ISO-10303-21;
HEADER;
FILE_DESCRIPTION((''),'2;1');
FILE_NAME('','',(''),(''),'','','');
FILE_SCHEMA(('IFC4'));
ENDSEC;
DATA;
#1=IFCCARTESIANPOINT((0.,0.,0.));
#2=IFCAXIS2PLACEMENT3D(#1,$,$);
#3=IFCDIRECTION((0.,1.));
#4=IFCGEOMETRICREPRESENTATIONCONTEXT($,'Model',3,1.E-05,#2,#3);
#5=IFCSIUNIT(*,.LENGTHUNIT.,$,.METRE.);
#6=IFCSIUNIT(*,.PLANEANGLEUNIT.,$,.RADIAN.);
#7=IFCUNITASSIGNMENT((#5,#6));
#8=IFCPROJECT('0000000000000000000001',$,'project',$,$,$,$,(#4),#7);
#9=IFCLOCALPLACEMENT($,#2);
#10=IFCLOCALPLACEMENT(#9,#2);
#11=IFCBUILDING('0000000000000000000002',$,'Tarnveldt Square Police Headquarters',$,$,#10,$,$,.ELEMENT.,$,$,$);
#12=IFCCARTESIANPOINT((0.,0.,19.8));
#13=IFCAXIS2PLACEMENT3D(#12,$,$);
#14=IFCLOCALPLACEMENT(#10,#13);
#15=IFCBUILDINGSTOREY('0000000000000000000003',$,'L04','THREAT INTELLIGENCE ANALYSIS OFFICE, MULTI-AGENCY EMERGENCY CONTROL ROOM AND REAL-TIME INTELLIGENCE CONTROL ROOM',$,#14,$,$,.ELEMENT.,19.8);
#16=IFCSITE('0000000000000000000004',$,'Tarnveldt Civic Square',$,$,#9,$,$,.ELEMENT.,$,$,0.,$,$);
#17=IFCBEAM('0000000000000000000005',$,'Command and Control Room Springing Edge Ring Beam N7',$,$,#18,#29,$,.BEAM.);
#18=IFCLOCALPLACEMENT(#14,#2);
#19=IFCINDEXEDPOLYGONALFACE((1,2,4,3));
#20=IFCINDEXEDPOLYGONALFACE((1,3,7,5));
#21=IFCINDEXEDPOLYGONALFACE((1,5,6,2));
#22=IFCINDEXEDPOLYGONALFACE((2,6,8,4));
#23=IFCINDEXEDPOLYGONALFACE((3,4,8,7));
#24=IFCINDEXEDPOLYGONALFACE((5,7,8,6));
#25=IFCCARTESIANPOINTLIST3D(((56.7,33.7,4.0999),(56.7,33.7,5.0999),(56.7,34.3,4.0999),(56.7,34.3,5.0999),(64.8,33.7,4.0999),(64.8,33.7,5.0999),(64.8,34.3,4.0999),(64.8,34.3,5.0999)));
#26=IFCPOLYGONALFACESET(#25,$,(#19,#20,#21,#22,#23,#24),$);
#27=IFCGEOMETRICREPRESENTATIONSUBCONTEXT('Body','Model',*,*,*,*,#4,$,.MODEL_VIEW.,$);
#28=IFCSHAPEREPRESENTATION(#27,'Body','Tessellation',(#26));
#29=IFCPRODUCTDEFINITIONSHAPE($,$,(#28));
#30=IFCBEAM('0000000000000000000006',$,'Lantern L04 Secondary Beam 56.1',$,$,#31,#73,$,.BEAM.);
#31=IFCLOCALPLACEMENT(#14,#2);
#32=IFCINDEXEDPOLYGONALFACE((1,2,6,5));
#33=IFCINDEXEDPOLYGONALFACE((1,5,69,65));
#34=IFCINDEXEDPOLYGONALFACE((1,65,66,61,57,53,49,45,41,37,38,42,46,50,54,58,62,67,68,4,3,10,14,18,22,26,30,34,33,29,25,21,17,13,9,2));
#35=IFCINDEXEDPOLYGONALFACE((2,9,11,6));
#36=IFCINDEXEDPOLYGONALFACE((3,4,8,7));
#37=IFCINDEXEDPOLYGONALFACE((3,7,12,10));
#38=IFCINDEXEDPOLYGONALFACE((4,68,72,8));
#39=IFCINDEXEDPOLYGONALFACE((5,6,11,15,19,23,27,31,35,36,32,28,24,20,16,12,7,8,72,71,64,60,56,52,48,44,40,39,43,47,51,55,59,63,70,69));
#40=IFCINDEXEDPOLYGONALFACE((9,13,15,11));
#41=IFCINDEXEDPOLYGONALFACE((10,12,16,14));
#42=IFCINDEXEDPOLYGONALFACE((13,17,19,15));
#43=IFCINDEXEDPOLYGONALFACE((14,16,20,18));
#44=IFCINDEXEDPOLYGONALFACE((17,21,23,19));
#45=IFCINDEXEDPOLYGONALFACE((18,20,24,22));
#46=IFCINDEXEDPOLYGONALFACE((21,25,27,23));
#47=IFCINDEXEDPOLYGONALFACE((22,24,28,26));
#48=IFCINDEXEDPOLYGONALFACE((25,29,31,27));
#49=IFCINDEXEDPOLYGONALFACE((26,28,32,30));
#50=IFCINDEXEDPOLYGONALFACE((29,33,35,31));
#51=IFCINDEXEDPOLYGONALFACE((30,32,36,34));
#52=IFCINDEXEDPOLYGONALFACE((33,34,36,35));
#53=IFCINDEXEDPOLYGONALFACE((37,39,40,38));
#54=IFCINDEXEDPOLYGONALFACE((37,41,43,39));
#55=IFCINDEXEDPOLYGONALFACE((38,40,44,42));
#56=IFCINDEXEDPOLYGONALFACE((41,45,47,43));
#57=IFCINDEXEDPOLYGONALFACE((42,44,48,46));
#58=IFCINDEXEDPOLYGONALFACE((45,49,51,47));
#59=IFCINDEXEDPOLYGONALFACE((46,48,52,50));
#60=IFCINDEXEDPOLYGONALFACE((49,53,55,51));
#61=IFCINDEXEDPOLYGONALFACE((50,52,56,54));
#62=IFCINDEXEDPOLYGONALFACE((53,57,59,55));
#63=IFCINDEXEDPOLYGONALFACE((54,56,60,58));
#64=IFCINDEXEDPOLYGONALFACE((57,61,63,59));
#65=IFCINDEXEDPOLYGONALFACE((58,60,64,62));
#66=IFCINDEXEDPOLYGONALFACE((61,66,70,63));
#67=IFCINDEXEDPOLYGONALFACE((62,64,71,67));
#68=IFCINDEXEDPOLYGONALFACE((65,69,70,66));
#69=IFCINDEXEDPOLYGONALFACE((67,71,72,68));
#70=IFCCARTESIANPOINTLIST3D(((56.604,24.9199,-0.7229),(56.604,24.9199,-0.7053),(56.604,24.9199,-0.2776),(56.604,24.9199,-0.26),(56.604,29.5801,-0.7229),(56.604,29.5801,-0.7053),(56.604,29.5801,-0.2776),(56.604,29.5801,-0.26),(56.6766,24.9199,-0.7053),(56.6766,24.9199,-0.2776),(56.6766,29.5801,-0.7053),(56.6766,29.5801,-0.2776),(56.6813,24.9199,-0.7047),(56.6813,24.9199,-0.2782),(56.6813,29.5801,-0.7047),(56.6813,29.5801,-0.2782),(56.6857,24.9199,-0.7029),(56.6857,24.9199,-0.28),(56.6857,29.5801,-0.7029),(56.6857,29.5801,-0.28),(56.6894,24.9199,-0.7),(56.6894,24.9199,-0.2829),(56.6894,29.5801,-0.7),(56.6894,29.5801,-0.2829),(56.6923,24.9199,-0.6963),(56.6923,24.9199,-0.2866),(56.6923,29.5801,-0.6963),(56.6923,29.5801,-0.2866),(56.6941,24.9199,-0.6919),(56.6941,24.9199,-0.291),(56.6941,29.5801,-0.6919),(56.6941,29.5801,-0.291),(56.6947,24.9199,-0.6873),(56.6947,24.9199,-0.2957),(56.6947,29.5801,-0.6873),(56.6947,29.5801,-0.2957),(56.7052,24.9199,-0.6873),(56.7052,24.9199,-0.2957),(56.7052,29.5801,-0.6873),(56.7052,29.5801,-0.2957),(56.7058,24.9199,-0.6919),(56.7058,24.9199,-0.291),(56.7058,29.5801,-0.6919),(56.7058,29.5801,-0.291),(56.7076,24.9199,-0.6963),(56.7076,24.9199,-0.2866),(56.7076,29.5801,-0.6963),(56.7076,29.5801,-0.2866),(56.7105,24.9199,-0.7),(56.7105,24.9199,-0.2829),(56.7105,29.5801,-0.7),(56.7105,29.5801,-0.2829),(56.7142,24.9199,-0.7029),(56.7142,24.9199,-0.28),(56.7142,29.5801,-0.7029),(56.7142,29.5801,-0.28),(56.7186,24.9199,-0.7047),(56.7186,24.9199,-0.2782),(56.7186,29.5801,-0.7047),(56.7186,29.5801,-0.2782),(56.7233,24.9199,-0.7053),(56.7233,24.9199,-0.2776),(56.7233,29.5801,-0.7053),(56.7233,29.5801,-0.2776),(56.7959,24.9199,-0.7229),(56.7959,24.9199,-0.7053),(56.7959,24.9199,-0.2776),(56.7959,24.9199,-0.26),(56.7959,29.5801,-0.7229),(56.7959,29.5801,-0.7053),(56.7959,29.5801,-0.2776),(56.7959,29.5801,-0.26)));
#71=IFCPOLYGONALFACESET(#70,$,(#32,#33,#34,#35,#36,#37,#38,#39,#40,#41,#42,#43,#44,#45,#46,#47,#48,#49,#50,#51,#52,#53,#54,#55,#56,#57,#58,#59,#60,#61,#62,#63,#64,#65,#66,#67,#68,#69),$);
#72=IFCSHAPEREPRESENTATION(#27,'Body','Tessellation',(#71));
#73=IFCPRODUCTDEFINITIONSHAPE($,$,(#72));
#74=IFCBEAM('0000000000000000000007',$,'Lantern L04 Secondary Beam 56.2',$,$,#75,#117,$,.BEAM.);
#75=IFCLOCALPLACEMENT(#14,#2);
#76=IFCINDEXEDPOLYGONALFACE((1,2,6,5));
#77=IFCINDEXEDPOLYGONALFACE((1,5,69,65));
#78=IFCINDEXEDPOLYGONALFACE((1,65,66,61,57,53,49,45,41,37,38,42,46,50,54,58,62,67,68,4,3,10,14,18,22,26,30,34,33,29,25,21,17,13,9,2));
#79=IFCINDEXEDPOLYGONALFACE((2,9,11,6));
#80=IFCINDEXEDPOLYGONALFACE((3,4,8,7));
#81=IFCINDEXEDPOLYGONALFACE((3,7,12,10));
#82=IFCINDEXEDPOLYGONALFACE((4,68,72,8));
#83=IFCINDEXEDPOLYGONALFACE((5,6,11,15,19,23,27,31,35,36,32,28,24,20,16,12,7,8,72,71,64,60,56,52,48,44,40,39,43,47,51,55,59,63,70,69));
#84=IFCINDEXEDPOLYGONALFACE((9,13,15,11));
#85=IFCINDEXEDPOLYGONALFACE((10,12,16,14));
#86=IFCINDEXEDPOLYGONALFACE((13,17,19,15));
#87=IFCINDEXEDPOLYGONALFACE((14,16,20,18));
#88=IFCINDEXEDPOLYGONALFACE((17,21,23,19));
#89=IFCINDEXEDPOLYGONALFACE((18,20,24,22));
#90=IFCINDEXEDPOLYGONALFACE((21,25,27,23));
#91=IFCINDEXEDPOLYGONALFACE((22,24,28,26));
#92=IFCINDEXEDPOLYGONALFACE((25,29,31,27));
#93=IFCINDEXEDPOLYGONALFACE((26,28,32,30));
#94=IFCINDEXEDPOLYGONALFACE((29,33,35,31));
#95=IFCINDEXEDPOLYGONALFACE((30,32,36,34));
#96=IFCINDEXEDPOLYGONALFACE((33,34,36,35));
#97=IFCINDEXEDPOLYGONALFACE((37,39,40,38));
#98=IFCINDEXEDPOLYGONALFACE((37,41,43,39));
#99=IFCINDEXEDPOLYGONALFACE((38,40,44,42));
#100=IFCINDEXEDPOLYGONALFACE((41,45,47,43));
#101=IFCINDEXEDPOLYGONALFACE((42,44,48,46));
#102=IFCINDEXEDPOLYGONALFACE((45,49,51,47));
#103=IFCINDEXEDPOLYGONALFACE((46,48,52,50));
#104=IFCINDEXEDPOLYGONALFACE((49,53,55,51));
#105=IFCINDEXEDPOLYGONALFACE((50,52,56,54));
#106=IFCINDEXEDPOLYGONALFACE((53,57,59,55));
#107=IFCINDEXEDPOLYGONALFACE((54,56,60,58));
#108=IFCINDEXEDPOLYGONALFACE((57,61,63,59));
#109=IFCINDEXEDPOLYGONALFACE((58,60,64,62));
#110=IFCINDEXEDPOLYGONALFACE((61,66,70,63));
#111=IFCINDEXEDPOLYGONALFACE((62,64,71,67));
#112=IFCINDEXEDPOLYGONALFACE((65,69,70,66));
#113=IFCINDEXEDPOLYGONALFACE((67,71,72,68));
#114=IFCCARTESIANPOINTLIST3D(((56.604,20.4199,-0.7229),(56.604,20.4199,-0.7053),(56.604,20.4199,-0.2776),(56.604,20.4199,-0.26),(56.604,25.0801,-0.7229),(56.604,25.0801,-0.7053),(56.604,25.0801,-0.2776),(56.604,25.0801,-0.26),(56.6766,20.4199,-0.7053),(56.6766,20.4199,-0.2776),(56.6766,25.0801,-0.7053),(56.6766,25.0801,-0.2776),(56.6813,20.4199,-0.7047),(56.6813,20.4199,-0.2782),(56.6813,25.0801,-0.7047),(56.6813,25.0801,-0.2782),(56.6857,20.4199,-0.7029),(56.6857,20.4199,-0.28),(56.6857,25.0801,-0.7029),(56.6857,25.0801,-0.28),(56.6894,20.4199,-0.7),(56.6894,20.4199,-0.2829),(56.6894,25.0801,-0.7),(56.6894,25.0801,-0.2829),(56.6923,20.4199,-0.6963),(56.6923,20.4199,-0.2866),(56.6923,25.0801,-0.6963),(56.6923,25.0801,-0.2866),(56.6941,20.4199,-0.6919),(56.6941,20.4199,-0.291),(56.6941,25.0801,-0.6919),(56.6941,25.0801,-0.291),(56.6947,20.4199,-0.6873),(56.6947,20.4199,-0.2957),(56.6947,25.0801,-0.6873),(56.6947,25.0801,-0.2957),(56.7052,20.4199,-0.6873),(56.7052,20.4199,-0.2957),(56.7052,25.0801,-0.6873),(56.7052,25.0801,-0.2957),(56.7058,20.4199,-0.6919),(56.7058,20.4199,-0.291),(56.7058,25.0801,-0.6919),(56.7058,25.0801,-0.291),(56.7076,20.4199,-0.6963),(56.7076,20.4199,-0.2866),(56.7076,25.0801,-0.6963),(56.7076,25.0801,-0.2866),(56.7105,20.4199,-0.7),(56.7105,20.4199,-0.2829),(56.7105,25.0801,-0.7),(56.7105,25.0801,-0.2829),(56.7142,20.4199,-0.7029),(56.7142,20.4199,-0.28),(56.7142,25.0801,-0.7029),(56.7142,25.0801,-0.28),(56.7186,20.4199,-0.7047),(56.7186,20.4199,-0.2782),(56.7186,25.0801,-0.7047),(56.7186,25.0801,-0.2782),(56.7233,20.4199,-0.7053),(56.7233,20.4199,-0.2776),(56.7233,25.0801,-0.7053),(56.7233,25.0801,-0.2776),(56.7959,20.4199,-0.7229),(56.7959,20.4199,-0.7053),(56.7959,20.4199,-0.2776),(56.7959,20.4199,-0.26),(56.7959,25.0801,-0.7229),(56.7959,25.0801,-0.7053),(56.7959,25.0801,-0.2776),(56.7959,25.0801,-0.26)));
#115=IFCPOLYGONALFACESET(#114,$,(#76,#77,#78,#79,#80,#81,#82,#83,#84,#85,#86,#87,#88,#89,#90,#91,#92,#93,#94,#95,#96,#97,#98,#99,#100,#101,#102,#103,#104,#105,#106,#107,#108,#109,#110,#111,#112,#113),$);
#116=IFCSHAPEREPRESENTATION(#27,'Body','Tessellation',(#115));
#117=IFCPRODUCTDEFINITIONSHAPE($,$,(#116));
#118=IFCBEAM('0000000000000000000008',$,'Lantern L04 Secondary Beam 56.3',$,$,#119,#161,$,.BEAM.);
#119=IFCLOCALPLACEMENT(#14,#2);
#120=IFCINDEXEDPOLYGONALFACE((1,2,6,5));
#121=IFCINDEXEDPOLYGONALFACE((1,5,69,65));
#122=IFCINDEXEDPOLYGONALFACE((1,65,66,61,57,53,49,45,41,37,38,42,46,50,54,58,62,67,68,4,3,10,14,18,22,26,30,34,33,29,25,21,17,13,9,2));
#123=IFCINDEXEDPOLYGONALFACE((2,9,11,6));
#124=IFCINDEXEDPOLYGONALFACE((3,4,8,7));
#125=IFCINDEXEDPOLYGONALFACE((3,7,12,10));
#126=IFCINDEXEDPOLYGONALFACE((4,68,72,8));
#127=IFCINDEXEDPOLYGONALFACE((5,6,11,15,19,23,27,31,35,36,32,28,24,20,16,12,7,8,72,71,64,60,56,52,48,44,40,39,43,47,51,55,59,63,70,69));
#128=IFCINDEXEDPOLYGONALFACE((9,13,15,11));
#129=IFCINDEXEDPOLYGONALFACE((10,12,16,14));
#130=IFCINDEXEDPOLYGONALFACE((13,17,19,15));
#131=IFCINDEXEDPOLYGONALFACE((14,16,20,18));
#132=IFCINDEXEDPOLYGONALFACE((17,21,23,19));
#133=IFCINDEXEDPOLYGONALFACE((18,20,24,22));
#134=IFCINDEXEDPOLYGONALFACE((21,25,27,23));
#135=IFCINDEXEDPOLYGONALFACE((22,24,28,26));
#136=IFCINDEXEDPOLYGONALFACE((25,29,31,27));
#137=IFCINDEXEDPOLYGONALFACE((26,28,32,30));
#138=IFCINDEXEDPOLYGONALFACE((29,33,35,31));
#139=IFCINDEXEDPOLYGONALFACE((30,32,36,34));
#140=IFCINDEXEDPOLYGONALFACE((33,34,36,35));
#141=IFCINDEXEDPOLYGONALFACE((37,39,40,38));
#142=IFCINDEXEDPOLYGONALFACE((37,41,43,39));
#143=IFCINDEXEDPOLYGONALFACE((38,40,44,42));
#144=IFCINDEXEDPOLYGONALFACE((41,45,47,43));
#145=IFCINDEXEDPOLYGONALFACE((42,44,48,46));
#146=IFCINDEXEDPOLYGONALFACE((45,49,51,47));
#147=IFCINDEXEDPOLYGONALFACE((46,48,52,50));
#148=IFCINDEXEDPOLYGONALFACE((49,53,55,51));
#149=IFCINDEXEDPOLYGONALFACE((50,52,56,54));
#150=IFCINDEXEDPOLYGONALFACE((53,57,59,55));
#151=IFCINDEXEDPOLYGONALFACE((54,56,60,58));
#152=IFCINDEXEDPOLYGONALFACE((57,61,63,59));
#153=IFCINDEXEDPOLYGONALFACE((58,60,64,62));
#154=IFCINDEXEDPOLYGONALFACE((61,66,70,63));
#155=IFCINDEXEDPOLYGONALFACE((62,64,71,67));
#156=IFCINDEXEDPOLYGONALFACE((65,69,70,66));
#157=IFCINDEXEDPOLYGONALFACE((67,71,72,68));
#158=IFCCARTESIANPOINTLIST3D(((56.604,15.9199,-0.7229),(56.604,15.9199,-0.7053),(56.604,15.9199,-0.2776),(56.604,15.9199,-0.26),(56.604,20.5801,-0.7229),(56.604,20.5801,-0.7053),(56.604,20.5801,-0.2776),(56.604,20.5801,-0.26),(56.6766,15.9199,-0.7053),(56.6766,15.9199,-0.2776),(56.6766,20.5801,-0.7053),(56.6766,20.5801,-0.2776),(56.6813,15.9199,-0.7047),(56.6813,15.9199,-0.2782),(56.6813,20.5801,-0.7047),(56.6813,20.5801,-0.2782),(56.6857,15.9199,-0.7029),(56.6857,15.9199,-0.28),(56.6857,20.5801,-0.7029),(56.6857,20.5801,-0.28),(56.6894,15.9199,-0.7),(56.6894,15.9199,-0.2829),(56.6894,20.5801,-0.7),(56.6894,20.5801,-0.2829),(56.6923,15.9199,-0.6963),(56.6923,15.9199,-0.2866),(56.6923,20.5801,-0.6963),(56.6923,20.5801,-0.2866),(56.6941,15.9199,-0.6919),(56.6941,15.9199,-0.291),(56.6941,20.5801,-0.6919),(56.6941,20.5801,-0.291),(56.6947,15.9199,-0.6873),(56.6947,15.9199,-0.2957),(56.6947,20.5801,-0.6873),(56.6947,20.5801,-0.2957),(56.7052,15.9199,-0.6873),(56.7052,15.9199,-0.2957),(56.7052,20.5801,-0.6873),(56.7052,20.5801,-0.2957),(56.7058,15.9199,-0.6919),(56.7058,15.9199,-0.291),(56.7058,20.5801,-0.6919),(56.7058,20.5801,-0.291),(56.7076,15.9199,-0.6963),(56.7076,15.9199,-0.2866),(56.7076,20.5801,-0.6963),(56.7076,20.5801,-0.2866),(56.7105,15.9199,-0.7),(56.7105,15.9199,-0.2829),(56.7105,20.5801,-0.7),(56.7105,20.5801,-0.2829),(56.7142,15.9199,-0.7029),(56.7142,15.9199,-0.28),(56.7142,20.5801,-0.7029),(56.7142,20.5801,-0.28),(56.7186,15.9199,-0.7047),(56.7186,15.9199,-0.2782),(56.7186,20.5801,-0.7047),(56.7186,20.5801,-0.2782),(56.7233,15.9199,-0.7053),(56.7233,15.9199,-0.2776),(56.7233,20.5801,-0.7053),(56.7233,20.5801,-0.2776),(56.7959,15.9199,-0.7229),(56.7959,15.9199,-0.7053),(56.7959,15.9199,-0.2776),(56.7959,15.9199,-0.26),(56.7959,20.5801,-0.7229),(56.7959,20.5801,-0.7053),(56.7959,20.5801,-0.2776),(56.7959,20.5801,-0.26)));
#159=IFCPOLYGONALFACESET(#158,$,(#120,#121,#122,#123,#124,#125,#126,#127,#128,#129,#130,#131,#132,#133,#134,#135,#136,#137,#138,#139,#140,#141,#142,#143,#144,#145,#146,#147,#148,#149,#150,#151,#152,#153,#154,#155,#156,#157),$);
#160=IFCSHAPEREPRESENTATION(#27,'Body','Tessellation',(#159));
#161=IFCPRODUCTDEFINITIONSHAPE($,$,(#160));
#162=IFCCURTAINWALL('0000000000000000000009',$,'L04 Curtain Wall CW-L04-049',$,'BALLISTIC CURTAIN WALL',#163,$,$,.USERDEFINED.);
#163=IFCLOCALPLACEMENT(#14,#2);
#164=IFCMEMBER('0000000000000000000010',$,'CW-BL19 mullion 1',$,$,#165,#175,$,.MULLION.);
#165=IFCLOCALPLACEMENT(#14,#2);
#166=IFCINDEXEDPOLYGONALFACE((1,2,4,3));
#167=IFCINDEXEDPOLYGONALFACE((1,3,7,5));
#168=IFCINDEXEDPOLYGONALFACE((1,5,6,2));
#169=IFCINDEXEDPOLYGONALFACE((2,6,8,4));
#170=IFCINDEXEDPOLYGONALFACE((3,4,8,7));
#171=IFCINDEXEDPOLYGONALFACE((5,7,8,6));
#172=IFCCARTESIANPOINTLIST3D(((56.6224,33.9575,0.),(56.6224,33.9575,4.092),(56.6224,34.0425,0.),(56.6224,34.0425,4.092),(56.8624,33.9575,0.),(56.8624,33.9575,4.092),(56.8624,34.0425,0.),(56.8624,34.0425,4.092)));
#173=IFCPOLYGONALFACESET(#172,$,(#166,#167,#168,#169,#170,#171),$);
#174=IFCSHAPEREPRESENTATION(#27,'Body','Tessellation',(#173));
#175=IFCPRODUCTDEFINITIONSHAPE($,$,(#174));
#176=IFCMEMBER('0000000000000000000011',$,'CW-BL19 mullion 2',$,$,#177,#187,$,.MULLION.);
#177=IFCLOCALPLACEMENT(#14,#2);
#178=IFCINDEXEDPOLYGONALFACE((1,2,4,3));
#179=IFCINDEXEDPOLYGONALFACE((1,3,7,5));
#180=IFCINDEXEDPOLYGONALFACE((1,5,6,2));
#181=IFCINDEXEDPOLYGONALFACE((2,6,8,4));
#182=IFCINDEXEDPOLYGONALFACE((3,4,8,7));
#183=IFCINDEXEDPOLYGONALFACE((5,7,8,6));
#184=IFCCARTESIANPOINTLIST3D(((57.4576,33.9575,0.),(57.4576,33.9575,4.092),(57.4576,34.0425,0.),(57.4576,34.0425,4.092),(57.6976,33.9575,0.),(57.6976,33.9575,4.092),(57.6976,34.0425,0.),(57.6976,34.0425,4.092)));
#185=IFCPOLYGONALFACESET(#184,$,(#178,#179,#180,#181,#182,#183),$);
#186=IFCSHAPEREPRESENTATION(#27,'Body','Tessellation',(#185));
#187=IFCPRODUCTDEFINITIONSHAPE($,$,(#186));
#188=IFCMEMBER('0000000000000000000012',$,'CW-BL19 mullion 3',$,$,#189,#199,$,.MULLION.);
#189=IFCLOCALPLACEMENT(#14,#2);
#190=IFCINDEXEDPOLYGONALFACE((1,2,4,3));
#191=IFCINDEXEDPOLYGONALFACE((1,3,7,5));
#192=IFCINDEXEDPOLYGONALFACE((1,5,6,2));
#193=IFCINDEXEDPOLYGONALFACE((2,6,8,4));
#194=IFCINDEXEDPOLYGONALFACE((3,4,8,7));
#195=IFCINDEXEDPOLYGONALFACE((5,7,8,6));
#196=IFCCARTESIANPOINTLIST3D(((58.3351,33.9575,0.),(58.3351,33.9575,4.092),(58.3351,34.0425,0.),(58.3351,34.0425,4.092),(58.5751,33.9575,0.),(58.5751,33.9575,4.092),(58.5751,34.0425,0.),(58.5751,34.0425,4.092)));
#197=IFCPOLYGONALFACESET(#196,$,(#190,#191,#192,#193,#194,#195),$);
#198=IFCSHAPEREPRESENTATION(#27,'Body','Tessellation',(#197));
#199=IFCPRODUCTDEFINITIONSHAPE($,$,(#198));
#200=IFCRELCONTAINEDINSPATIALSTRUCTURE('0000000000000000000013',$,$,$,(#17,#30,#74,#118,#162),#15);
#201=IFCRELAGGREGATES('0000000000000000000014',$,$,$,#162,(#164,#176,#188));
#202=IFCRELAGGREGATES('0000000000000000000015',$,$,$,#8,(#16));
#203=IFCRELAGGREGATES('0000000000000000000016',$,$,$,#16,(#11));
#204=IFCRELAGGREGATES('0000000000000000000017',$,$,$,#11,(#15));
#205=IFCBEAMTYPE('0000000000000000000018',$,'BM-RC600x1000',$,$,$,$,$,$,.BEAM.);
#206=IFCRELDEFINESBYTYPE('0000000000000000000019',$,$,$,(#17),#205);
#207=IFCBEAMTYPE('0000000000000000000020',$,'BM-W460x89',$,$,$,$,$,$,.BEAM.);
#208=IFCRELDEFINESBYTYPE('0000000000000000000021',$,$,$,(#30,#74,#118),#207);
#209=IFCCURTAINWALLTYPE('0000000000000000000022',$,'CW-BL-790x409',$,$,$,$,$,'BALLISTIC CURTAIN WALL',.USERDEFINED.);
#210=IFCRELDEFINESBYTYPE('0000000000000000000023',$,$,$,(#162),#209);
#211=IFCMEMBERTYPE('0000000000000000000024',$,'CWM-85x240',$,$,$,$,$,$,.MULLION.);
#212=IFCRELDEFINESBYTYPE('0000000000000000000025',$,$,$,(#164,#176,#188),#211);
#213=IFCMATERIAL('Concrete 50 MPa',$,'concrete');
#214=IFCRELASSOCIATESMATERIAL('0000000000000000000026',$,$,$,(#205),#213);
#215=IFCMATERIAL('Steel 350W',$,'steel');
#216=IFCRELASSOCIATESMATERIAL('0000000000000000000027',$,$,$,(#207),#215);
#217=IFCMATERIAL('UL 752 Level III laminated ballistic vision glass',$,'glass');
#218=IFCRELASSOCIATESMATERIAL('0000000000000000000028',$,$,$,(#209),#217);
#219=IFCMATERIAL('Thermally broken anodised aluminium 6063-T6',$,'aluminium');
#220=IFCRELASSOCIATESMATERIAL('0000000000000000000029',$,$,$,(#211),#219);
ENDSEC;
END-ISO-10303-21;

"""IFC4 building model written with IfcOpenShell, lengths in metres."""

from ifc_helpers import new_model, si_unit, direction, frame, origin, origin_2d, place, context, subcontext, project, spatial, rectangle, i_section, extrude, material, material_profile, profile_set, type_object, element, aggregate, save


model = new_model("IFC4")

# Units and contexts
model_context = context("Model", 3, precision=1e-05, world=origin(), true_north=direction((0.0, 1.0)))
body_context = subcontext(model_context, "Body", "Model", "MODEL_VIEW")
ifc_project = project(units=[si_unit("LENGTHUNIT", "METRE"), si_unit("PLANEANGLEUNIT", "RADIAN")], contexts=[model_context])

# Site, building, storey
site_placement = place(None, origin())
site = spatial("IfcSite", under=ifc_project, at=site_placement, Name="Tarnveldt Civic Square", CompositionType="ELEMENT", RefElevation=0.0)
building_placement = place(site_placement, origin())
building = spatial("IfcBuilding", under=site, at=building_placement, Name="Tarnveldt Square Police Headquarters", CompositionType="ELEMENT")
storey_placement = place(building_placement, frame((0.0, 0.0, 19.8)))
storey = spatial("IfcBuildingStorey", under=building, at=storey_placement, Name="L04", Description="THREAT INTELLIGENCE ANALYSIS OFFICE, MULTI-AGENCY EMERGENCY CONTROL ROOM AND REAL-TIME INTELLIGENCE CONTROL ROOM", CompositionType="ELEMENT", Elevation=19.8)

# Beams
ifc_material_1 = material(Name="Concrete 50 MPa", Category="concrete")
ifc_material_profile_1 = material_profile(ifc_material_1, rectangle(XDim=0.6001, YDim=1.0, at=origin_2d()), Name="RC-B600x1000")
ifc_profile_set_1 = profile_set([ifc_material_profile_1], Name="Concrete 50 MPa")
beam_type_1 = type_object("IfcBeamType", Name="BM-RC600x1000", PredefinedType="BEAM", material=ifc_profile_set_1)
beam_placement = place(storey_placement, frame((56.7, 34.0, 4.5999), z_axis=(1.0, 0.0, 0.0), x_axis=(0.0, 1.0, 0.0)))
element("IfcBeam", 1, at=beam_placement, inside=storey, type_object=beam_type_1, Name="Command and Control Room Springing Edge Ring Beam N7", PredefinedType="BEAM", context=body_context, shape_type="SweptSolid", body=[
    extrude(rectangle(XDim=0.6001, YDim=1.0, at=origin_2d()), origin(), (0.0, 0.0, 1.0), 8.1001),
])
ifc_material_2 = material(Name="Steel 350W", Category="steel")
ifc_material_profile_2 = material_profile(ifc_material_2, i_section(OverallWidth=0.1919, OverallDepth=0.4629, WebThickness=0.0105, FlangeThickness=0.0176, FilletRadius=0.0181, at=origin_2d()), Name="W460x89")
ifc_profile_set_2 = profile_set([ifc_material_profile_2], Name="Steel 350W")
beam_type_2 = type_object("IfcBeamType", Name="BM-W460x89", PredefinedType="BEAM", material=ifc_profile_set_2)
for number, where, z_axis, x_axis, name in (
    (2, (56.7, 29.5801, -0.4915), (0.0, -1.0, 0.0), (1.0, 0.0, 0.0), "Lantern L04 Secondary Beam 56.1"),
    (3, (56.7, 25.0801, -0.4915), (0.0, -1.0, 0.0), (1.0, 0.0, 0.0), "Lantern L04 Secondary Beam 56.2"),
    (4, (56.7, 20.5801, -0.4915), (0.0, -1.0, 0.0), (1.0, 0.0, 0.0), "Lantern L04 Secondary Beam 56.3"),
):
    element("IfcBeam", number, at=place(storey_placement, frame(where, z_axis=z_axis, x_axis=x_axis)), inside=storey, type_object=beam_type_2, Name=name, PredefinedType="BEAM", context=body_context, shape_type="SweptSolid", body=[
        extrude(i_section(OverallWidth=0.1919, OverallDepth=0.4629, WebThickness=0.0105, FlangeThickness=0.0176, FilletRadius=0.0181, at=origin_2d()), origin(), (0.0, 0.0, 1.0), 4.6602),
    ])

# Curtain wall, members
ifc_material_3 = material(Name="UL 752 Level III laminated ballistic vision glass", Category="glass")
curtain_wall_type = type_object("IfcCurtainWallType", Name="CW-BL-790x409", ElementType="BALLISTIC CURTAIN WALL", PredefinedType="USERDEFINED", material=ifc_material_3)
curtain_wall_placement = place(storey_placement, origin())
curtain_wall = element("IfcCurtainWall", 5, at=curtain_wall_placement, inside=storey, type_object=curtain_wall_type, Name="L04 Curtain Wall CW-L04-049", ObjectType="BALLISTIC CURTAIN WALL", PredefinedType="USERDEFINED")
ifc_material_4 = material(Name="Thermally broken anodised aluminium 6063-T6", Category="aluminium")
ifc_material_profile_3 = material_profile(ifc_material_4, rectangle(XDim=0.085, YDim=0.24, at=origin_2d()), Name="CW-M85x240")
ifc_profile_set_3 = profile_set([ifc_material_profile_3], Name="Thermally broken anodised aluminium 6063-T6")
member_type_1 = type_object("IfcMemberType", Name="CWM-85x240", PredefinedType="MULLION", material=ifc_profile_set_3)
member_1_placement = place(storey_placement, frame((56.7424, 34.0, 0.0), z_axis=(0.0, 0.0, 1.0), x_axis=(0.0, 1.0, 0.0)))
member_1 = element("IfcMember", 6, at=member_1_placement, type_object=member_type_1, Name="CW-BL19 mullion 1", PredefinedType="MULLION", context=body_context, shape_type="SweptSolid", body=[
    extrude(rectangle(XDim=0.085, YDim=0.24, at=origin_2d()), origin(), (0.0, 0.0, 1.0), 4.092),
])
member_2_placement = place(storey_placement, frame((57.5776, 34.0, 0.0), z_axis=(0.0, 0.0, 1.0), x_axis=(0.0, 1.0, 0.0)))
member_2 = element("IfcMember", 7, at=member_2_placement, type_object=member_type_1, Name="CW-BL19 mullion 2", PredefinedType="MULLION", context=body_context, shape_type="SweptSolid", body=[
    extrude(rectangle(XDim=0.085, YDim=0.24, at=origin_2d()), origin(), (0.0, 0.0, 1.0), 4.092),
])
member_3_placement = place(storey_placement, frame((58.4551, 34.0, 0.0), z_axis=(0.0, 0.0, 1.0), x_axis=(0.0, 1.0, 0.0)))
member_3 = element("IfcMember", 8, at=member_3_placement, type_object=member_type_1, Name="CW-BL19 mullion 3", PredefinedType="MULLION", context=body_context, shape_type="SweptSolid", body=[
    extrude(rectangle(XDim=0.085, YDim=0.24, at=origin_2d()), origin(), (0.0, 0.0, 1.0), 4.092),
])
aggregate(curtain_wall, [member_1, member_2, member_3])

save(model, "model.ifc")
